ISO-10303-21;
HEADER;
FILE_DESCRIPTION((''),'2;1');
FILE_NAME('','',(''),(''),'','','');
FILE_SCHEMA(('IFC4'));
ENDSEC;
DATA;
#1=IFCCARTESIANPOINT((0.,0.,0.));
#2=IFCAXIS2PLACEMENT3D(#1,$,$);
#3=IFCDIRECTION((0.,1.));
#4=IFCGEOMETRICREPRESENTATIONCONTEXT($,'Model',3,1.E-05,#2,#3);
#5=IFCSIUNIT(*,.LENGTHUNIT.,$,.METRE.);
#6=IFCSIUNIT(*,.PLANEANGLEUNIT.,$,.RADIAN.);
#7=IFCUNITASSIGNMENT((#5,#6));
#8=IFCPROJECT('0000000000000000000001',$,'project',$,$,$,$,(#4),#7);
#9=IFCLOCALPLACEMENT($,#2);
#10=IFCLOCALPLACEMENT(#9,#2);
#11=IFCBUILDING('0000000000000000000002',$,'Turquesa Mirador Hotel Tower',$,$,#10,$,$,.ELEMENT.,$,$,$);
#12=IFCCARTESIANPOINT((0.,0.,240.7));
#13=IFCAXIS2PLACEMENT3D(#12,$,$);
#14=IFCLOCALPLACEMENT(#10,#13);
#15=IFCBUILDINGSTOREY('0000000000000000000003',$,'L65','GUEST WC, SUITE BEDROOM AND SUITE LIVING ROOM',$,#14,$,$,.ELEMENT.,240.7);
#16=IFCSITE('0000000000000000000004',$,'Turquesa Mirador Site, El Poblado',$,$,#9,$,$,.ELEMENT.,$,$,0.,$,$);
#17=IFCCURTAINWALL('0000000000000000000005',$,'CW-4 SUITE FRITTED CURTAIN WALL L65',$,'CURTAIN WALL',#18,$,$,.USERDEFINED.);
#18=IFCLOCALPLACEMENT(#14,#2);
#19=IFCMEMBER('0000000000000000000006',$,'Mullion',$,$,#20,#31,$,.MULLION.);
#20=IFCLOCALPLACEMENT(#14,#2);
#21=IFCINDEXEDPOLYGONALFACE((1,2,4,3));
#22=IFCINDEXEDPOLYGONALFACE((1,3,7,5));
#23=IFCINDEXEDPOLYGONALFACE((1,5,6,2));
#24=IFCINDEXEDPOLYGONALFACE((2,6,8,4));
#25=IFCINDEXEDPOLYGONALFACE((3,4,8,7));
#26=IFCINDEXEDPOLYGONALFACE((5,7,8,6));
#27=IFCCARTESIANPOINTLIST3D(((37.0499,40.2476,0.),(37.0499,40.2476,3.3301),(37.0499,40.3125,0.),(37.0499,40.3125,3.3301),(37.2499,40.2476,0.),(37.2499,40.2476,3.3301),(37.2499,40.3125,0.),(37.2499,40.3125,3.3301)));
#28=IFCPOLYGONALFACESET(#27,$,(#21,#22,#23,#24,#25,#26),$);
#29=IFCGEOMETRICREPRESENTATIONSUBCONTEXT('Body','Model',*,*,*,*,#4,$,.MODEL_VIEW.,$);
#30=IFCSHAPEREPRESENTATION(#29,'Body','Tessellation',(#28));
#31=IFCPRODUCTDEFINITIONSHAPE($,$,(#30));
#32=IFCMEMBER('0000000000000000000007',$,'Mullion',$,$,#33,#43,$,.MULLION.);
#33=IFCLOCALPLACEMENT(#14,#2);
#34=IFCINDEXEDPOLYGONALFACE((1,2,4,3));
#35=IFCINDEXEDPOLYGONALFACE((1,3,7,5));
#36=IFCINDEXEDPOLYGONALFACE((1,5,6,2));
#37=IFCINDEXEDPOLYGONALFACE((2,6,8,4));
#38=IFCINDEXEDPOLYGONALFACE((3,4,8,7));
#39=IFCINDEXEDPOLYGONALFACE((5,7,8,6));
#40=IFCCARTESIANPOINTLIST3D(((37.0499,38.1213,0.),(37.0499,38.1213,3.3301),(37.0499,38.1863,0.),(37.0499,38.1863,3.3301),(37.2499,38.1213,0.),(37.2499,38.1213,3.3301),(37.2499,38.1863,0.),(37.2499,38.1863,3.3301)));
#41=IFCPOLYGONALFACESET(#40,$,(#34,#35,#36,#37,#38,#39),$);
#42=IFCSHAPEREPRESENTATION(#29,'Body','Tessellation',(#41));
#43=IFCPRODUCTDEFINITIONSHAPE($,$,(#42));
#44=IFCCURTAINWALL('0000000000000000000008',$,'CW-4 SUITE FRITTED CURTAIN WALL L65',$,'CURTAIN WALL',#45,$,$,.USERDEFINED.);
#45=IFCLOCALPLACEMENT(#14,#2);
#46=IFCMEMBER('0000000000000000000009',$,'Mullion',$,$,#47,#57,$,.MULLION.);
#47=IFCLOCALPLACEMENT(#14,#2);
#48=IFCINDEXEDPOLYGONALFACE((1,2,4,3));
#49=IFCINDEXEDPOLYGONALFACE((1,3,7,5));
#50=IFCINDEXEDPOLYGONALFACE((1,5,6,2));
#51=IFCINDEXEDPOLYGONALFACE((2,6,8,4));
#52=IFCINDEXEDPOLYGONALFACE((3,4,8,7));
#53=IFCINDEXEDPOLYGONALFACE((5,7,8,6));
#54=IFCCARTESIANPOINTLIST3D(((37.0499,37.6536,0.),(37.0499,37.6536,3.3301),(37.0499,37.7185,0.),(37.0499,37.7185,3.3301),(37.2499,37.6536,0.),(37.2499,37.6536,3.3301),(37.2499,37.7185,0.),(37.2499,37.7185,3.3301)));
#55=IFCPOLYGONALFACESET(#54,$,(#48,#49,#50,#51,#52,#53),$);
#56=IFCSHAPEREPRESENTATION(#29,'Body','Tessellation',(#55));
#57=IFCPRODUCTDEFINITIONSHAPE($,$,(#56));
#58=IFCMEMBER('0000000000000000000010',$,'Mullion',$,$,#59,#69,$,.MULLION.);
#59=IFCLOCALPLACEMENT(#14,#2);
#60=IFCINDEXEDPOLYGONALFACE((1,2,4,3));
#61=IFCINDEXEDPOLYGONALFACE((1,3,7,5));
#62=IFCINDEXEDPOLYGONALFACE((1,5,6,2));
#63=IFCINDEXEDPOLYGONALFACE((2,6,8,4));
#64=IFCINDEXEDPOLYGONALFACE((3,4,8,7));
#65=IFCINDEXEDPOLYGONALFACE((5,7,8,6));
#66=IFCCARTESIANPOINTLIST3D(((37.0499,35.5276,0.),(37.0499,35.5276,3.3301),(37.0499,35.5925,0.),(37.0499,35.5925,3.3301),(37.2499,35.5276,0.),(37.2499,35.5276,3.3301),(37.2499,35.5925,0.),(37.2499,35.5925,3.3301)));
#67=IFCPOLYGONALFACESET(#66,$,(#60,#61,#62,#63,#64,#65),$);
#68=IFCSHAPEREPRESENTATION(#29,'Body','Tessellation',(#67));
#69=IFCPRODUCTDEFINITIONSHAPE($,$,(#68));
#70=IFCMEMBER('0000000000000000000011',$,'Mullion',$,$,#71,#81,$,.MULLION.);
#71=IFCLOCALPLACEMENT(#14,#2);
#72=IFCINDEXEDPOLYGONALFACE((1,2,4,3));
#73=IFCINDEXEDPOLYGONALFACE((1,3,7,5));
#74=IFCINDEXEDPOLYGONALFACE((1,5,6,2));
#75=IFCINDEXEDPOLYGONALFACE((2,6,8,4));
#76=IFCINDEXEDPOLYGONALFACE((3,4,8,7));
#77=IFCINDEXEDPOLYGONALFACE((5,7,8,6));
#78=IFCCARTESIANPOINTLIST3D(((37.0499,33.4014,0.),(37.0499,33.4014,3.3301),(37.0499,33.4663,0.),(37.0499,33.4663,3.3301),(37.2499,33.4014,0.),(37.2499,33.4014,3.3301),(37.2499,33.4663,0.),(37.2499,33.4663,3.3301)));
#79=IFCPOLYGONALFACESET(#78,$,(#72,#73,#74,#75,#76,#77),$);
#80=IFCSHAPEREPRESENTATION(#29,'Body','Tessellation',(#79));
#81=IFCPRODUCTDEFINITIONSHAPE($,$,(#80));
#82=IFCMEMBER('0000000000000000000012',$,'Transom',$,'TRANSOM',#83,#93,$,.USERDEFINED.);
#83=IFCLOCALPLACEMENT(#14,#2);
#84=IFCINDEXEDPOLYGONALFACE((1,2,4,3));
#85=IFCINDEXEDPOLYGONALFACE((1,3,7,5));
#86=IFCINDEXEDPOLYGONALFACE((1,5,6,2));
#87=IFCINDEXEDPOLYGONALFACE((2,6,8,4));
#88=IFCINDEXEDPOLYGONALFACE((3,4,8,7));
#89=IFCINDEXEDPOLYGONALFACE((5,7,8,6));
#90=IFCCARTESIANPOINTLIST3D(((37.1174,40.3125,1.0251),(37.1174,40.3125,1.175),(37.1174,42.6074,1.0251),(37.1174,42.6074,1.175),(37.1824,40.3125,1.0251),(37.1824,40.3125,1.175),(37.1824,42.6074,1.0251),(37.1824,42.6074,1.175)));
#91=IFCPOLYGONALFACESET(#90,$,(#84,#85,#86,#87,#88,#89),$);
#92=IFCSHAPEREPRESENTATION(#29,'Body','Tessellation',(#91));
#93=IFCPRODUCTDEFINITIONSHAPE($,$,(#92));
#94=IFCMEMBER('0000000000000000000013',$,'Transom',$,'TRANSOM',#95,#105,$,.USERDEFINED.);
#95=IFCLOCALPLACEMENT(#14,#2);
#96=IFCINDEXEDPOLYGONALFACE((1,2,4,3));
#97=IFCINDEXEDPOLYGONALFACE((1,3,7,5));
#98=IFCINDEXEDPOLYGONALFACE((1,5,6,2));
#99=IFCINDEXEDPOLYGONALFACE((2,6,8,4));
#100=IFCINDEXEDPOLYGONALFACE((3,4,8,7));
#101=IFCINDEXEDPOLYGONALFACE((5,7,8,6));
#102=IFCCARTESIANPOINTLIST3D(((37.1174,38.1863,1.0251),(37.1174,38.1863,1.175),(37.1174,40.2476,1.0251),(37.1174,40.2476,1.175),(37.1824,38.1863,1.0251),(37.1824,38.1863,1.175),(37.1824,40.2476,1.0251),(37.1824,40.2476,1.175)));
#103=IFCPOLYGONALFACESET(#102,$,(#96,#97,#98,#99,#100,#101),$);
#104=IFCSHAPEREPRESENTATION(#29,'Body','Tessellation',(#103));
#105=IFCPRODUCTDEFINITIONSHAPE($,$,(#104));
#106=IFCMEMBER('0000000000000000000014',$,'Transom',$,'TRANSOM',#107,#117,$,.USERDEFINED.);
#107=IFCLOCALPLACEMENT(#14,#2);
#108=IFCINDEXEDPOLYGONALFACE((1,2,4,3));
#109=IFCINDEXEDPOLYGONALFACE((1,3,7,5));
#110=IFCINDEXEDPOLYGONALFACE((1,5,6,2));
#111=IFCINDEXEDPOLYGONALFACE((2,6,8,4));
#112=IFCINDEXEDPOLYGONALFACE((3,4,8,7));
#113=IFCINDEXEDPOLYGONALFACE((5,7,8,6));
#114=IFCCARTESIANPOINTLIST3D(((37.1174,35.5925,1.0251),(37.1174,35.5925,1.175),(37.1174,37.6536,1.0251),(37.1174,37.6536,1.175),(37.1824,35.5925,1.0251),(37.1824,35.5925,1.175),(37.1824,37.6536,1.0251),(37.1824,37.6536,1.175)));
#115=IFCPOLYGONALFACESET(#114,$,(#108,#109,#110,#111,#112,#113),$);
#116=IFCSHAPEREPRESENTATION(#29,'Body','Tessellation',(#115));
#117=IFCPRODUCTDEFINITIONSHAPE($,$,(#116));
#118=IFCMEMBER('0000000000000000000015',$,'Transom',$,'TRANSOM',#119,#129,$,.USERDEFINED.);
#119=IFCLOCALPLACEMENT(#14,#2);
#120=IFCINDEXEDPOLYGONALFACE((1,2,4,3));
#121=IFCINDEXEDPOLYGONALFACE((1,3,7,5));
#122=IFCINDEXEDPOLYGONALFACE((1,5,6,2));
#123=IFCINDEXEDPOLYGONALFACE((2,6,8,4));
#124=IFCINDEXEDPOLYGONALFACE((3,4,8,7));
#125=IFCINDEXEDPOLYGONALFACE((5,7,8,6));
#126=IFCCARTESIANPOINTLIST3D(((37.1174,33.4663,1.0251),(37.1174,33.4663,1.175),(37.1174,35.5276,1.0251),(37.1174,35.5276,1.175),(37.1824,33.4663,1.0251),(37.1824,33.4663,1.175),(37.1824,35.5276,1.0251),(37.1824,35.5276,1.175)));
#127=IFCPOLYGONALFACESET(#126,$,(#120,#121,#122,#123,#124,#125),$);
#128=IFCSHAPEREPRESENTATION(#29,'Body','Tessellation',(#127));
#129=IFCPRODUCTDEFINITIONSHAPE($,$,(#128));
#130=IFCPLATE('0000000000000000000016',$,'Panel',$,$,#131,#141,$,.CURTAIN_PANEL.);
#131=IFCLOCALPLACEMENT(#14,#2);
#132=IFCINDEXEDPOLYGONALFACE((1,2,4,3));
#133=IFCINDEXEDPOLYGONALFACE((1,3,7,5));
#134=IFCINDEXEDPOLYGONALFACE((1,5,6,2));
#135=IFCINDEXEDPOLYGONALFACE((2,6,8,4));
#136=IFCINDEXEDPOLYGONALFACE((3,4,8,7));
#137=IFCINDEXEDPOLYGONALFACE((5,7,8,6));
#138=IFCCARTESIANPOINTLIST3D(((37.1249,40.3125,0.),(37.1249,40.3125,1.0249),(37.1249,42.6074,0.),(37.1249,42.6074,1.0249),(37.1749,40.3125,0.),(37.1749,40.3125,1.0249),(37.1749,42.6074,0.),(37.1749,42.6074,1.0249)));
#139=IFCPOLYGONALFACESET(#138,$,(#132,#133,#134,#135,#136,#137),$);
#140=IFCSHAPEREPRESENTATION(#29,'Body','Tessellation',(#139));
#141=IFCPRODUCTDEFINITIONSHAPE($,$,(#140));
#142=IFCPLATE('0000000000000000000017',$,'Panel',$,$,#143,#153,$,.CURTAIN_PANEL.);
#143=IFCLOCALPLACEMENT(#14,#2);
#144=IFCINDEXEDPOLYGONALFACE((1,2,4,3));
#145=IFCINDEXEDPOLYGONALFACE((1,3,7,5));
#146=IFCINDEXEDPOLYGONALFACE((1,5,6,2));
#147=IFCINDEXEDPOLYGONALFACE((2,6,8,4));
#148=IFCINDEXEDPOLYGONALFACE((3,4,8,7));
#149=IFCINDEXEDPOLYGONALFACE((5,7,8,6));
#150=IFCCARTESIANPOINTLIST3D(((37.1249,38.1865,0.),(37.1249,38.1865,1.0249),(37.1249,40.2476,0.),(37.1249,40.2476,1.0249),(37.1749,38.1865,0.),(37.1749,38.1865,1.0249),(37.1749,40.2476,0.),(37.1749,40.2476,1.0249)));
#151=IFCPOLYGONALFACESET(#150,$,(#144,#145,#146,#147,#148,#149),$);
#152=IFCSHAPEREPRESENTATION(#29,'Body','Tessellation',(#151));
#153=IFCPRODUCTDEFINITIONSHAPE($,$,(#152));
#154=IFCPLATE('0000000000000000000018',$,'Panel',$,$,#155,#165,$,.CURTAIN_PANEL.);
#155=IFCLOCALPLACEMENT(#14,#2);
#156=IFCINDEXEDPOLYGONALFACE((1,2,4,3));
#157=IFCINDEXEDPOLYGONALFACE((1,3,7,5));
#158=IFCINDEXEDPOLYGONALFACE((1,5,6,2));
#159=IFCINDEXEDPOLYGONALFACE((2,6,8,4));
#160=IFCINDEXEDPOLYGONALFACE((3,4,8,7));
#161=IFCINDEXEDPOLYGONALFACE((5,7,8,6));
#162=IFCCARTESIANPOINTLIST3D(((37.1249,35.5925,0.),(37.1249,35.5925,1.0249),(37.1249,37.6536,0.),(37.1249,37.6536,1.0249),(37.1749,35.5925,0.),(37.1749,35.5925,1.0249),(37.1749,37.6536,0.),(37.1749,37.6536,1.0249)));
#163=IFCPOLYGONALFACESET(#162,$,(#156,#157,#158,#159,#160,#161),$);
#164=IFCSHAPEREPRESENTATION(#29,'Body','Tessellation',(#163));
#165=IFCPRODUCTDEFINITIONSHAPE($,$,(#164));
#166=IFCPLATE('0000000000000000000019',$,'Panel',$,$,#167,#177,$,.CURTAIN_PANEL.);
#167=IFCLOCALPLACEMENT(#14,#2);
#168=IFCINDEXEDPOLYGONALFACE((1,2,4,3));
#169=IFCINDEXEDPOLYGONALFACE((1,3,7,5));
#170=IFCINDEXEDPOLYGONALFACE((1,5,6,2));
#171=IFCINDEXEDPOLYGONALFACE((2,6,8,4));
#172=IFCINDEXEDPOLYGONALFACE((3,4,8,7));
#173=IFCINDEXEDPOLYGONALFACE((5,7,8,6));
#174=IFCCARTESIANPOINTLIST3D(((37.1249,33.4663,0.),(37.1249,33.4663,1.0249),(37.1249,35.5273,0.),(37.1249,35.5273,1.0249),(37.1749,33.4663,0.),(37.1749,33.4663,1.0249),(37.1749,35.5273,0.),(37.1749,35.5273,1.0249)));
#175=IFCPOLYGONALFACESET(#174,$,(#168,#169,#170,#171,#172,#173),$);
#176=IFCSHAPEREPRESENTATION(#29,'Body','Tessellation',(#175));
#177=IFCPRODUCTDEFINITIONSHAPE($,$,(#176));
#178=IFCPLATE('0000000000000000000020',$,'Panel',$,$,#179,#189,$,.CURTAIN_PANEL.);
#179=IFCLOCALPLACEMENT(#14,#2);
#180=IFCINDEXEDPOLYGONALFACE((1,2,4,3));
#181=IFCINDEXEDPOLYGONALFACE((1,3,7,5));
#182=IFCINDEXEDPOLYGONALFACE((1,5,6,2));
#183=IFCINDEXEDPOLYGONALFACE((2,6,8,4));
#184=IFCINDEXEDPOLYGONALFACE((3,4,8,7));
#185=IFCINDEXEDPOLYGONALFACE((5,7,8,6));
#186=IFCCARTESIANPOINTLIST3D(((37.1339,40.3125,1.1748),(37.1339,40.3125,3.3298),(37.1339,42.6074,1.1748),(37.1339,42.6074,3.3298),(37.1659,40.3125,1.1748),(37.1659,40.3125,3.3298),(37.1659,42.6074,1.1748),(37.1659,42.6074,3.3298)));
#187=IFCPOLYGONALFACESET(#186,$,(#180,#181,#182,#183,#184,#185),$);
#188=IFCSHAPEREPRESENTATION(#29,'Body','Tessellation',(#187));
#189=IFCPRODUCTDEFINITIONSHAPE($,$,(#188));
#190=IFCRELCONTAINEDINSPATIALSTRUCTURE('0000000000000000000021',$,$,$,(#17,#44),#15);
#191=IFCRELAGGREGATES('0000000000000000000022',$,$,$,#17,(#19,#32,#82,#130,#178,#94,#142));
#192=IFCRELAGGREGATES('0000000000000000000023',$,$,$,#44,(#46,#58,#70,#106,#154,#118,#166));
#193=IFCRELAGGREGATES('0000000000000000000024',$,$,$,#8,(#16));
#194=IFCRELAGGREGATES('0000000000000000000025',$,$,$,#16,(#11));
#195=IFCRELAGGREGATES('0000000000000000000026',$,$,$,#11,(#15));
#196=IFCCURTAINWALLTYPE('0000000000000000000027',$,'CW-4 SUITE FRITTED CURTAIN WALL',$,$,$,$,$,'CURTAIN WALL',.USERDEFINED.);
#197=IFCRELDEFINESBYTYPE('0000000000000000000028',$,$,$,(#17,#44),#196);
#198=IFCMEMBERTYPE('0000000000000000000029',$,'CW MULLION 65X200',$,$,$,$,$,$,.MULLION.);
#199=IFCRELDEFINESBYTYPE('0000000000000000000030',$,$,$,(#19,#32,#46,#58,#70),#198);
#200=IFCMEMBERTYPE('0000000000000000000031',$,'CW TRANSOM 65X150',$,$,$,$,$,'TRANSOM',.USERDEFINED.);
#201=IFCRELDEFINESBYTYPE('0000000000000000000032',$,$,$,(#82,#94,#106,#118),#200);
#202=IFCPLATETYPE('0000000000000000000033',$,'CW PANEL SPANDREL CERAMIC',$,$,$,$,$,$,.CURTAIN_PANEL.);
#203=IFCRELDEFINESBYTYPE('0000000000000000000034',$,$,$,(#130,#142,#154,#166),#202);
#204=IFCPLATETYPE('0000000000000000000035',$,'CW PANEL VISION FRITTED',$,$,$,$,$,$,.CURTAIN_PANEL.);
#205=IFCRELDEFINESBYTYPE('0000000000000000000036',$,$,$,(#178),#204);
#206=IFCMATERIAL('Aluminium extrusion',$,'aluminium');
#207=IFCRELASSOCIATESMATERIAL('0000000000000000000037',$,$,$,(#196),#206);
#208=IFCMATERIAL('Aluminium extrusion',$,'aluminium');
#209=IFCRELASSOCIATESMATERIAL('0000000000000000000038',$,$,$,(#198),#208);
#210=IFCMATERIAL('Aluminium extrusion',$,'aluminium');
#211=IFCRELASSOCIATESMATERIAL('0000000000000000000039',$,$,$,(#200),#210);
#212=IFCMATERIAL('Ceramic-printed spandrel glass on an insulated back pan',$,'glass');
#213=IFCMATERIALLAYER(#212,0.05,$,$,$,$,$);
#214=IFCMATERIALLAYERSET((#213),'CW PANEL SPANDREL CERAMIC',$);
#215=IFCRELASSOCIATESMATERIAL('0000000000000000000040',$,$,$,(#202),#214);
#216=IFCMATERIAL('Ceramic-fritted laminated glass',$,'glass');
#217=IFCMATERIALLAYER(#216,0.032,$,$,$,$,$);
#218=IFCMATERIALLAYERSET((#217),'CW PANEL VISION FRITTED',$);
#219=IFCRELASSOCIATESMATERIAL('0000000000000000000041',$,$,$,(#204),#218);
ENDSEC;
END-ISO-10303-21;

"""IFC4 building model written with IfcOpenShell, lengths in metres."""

from ifc_helpers import new_model, si_unit, direction, frame, origin, origin_2d, place, context, subcontext, project, spatial, rectangle, extrude, material, layer, layer_set, material_profile, profile_set, type_object, element, aggregate, save


model = new_model("IFC4")

# Units and contexts
model_context = context("Model", 3, precision=1e-05, world=origin(), true_north=direction((0.0, 1.0)))
body_context = subcontext(model_context, "Body", "Model", "MODEL_VIEW")
ifc_project = project(units=[si_unit("LENGTHUNIT", "METRE"), si_unit("PLANEANGLEUNIT", "RADIAN")], contexts=[model_context])

# Site, building, storey
site_placement = place(None, origin())
site = spatial("IfcSite", under=ifc_project, at=site_placement, Name="Turquesa Mirador Site, El Poblado", CompositionType="ELEMENT", RefElevation=0.0)
building_placement = place(site_placement, origin())
building = spatial("IfcBuilding", under=site, at=building_placement, Name="Turquesa Mirador Hotel Tower", CompositionType="ELEMENT")
storey_placement = place(building_placement, frame((0.0, 0.0, 240.7)))
storey = spatial("IfcBuildingStorey", under=building, at=storey_placement, Name="L65", Description="GUEST WC, SUITE BEDROOM AND SUITE LIVING ROOM", CompositionType="ELEMENT", Elevation=240.7)

# Curtain walls, members
ifc_material_1 = material(Name="Aluminium extrusion", Category="aluminium")
curtain_wall_type = type_object("IfcCurtainWallType", Name="CW-4 SUITE FRITTED CURTAIN WALL", ElementType="CURTAIN WALL", PredefinedType="USERDEFINED", material=ifc_material_1)
curtain_wall_1_placement = place(storey_placement, origin())
curtain_wall_1 = element("IfcCurtainWall", 1, at=curtain_wall_1_placement, inside=storey, type_object=curtain_wall_type, Name="CW-4 SUITE FRITTED CURTAIN WALL L65", ObjectType="CURTAIN WALL", PredefinedType="USERDEFINED")
ifc_material_2 = material(Name="Aluminium extrusion", Category="aluminium")
ifc_material_profile_1 = material_profile(ifc_material_2, rectangle(XDim=0.0649, YDim=0.2, at=origin_2d()), Name="MULLION 65X200")
ifc_profile_set_1 = profile_set([ifc_material_profile_1], Name="Aluminium extrusion")
member_type_1 = type_object("IfcMemberType", Name="CW MULLION 65X200", PredefinedType="MULLION", material=ifc_profile_set_1)
member_1_placement = place(storey_placement, frame((37.1499, 40.28, 0.0), z_axis=(0.0, 0.0, 1.0), x_axis=(0.0, -1.0, 0.0)))
member_1 = element("IfcMember", 2, at=member_1_placement, type_object=member_type_1, Name="Mullion", PredefinedType="MULLION", context=body_context, shape_type="SweptSolid", body=[
    extrude(rectangle(XDim=0.0649, YDim=0.2, at=origin_2d()), origin(), (0.0, 0.0, 1.0), 3.3301),
])
member_2_placement = place(storey_placement, frame((37.1499, 38.1538, 0.0), z_axis=(0.0, 0.0, 1.0), x_axis=(0.0, -1.0, 0.0)))
member_2 = element("IfcMember", 3, at=member_2_placement, type_object=member_type_1, Name="Mullion", PredefinedType="MULLION", context=body_context, shape_type="SweptSolid", body=[
    extrude(rectangle(XDim=0.0649, YDim=0.2, at=origin_2d()), origin(), (0.0, 0.0, 1.0), 3.3301),
])
curtain_wall_2_placement = place(storey_placement, origin())
curtain_wall_2 = element("IfcCurtainWall", 4, at=curtain_wall_2_placement, inside=storey, type_object=curtain_wall_type, Name="CW-4 SUITE FRITTED CURTAIN WALL L65", ObjectType="CURTAIN WALL", PredefinedType="USERDEFINED")
member_3_placement = place(storey_placement, frame((37.1499, 37.686, 0.0), z_axis=(0.0, 0.0, 1.0), x_axis=(0.0, -1.0, 0.0)))
member_3 = element("IfcMember", 5, at=member_3_placement, type_object=member_type_1, Name="Mullion", PredefinedType="MULLION", context=body_context, shape_type="SweptSolid", body=[
    extrude(rectangle(XDim=0.0649, YDim=0.2, at=origin_2d()), origin(), (0.0, 0.0, 1.0), 3.3301),
])
member_4_placement = place(storey_placement, frame((37.1499, 35.5601, 0.0), z_axis=(0.0, 0.0, 1.0), x_axis=(0.0, -1.0, 0.0)))
member_4 = element("IfcMember", 6, at=member_4_placement, type_object=member_type_1, Name="Mullion", PredefinedType="MULLION", context=body_context, shape_type="SweptSolid", body=[
    extrude(rectangle(XDim=0.0649, YDim=0.2, at=origin_2d()), origin(), (0.0, 0.0, 1.0), 3.3301),
])
member_5_placement = place(storey_placement, frame((37.1499, 33.4338, 0.0), z_axis=(0.0, 0.0, 1.0), x_axis=(0.0, -1.0, 0.0)))
member_5 = element("IfcMember", 7, at=member_5_placement, type_object=member_type_1, Name="Mullion", PredefinedType="MULLION", context=body_context, shape_type="SweptSolid", body=[
    extrude(rectangle(XDim=0.0649, YDim=0.2, at=origin_2d()), origin(), (0.0, 0.0, 1.0), 3.3301),
])

# Members
ifc_material_3 = material(Name="Aluminium extrusion", Category="aluminium")
ifc_material_profile_2 = material_profile(ifc_material_3, rectangle(XDim=0.0649, YDim=0.1499, at=origin_2d()), Name="TRANSOM 65X150")
ifc_profile_set_2 = profile_set([ifc_material_profile_2], Name="Aluminium extrusion")
member_type_2 = type_object("IfcMemberType", Name="CW TRANSOM 65X150", ElementType="TRANSOM", PredefinedType="USERDEFINED", material=ifc_profile_set_2)
member_6_placement = place(storey_placement, frame((37.1499, 42.6074, 1.1001), z_axis=(0.0, -1.0, 0.0), x_axis=(1.0, 0.0, 0.0)))
member_6 = element("IfcMember", 8, at=member_6_placement, type_object=member_type_2, Name="Transom", ObjectType="TRANSOM", PredefinedType="USERDEFINED", context=body_context, shape_type="SweptSolid", body=[
    extrude(rectangle(XDim=0.0649, YDim=0.1499, at=origin_2d()), origin(), (0.0, 0.0, 1.0), 2.2949),
])
member_7_placement = place(storey_placement, frame((37.1499, 40.2476, 1.1001), z_axis=(0.0, -1.0, 0.0), x_axis=(1.0, 0.0, 0.0)))
member_7 = element("IfcMember", 9, at=member_7_placement, type_object=member_type_2, Name="Transom", ObjectType="TRANSOM", PredefinedType="USERDEFINED", context=body_context, shape_type="SweptSolid", body=[
    extrude(rectangle(XDim=0.0649, YDim=0.1499, at=origin_2d()), origin(), (0.0, 0.0, 1.0), 2.0613),
])
member_8_placement = place(storey_placement, frame((37.1499, 37.6536, 1.1001), z_axis=(0.0, -1.0, 0.0), x_axis=(1.0, 0.0, 0.0)))
member_8 = element("IfcMember", 10, at=member_8_placement, type_object=member_type_2, Name="Transom", ObjectType="TRANSOM", PredefinedType="USERDEFINED", context=body_context, shape_type="SweptSolid", body=[
    extrude(rectangle(XDim=0.0649, YDim=0.1499, at=origin_2d()), origin(), (0.0, 0.0, 1.0), 2.061),
])
member_9_placement = place(storey_placement, frame((37.1499, 35.5276, 1.1001), z_axis=(0.0, -1.0, 0.0), x_axis=(1.0, 0.0, 0.0)))
member_9 = element("IfcMember", 11, at=member_9_placement, type_object=member_type_2, Name="Transom", ObjectType="TRANSOM", PredefinedType="USERDEFINED", context=body_context, shape_type="SweptSolid", body=[
    extrude(rectangle(XDim=0.0649, YDim=0.1499, at=origin_2d()), origin(), (0.0, 0.0, 1.0), 2.0613),
])

# Plates
ifc_material_4 = material(Name="Ceramic-printed spandrel glass on an insulated back pan", Category="glass")
ifc_layer_1 = layer(ifc_material_4, 0.05)
ifc_layer_set_1 = layer_set([ifc_layer_1], Name="CW PANEL SPANDREL CERAMIC")
plate_type_1 = type_object("IfcPlateType", Name="CW PANEL SPANDREL CERAMIC", PredefinedType="CURTAIN_PANEL", material=ifc_layer_set_1)
plate_1_placement = place(storey_placement, frame((37.1499, 41.46, 0.0), z_axis=(0.0, 0.0, 1.0), x_axis=(0.0, -1.0, 0.0)))
plate_1 = element("IfcPlate", 12, at=plate_1_placement, type_object=plate_type_1, Name="Panel", PredefinedType="CURTAIN_PANEL", context=body_context, shape_type="SweptSolid", body=[
    extrude(rectangle(XDim=2.2949, YDim=0.05, at=origin_2d()), origin(), (0.0, 0.0, 1.0), 1.0249),
])
plate_2_placement = place(storey_placement, frame((37.1499, 39.217, 0.0), z_axis=(0.0, 0.0, 1.0), x_axis=(0.0, -1.0, 0.0)))
plate_2 = element("IfcPlate", 13, at=plate_2_placement, type_object=plate_type_1, Name="Panel", PredefinedType="CURTAIN_PANEL", context=body_context, shape_type="SweptSolid", body=[
    extrude(rectangle(XDim=2.061, YDim=0.05, at=origin_2d()), origin(), (0.0, 0.0, 1.0), 1.0249),
])
plate_3_placement = place(storey_placement, frame((37.1499, 36.623, 0.0), z_axis=(0.0, 0.0, 1.0), x_axis=(0.0, -1.0, 0.0)))
plate_3 = element("IfcPlate", 14, at=plate_3_placement, type_object=plate_type_1, Name="Panel", PredefinedType="CURTAIN_PANEL", context=body_context, shape_type="SweptSolid", body=[
    extrude(rectangle(XDim=2.061, YDim=0.05, at=origin_2d()), origin(), (0.0, 0.0, 1.0), 1.0249),
])
plate_4_placement = place(storey_placement, frame((37.1499, 34.4968, 0.0), z_axis=(0.0, 0.0, 1.0), x_axis=(0.0, -1.0, 0.0)))
plate_4 = element("IfcPlate", 15, at=plate_4_placement, type_object=plate_type_1, Name="Panel", PredefinedType="CURTAIN_PANEL", context=body_context, shape_type="SweptSolid", body=[
    extrude(rectangle(XDim=2.061, YDim=0.05, at=origin_2d()), origin(), (0.0, 0.0, 1.0), 1.0249),
])
ifc_material_5 = material(Name="Ceramic-fritted laminated glass", Category="glass")
ifc_layer_2 = layer(ifc_material_5, 0.032)
ifc_layer_set_2 = layer_set([ifc_layer_2], Name="CW PANEL VISION FRITTED")
plate_type_2 = type_object("IfcPlateType", Name="CW PANEL VISION FRITTED", PredefinedType="CURTAIN_PANEL", material=ifc_layer_set_2)
plate_5_placement = place(storey_placement, frame((37.1499, 41.46, 1.1748), z_axis=(0.0, 0.0, 1.0), x_axis=(0.0, -1.0, 0.0)))
plate_5 = element("IfcPlate", 16, at=plate_5_placement, type_object=plate_type_2, Name="Panel", PredefinedType="CURTAIN_PANEL", context=body_context, shape_type="SweptSolid", body=[
    extrude(rectangle(XDim=2.2949, YDim=0.032, at=origin_2d()), origin(), (0.0, 0.0, 1.0), 2.155),
])
aggregate(curtain_wall_1, [member_1, member_2, member_6, plate_1, plate_5, member_7, plate_2])
aggregate(curtain_wall_2, [member_3, member_4, member_5, member_8, plate_3, member_9, plate_4])

save(model, "model.ifc")
